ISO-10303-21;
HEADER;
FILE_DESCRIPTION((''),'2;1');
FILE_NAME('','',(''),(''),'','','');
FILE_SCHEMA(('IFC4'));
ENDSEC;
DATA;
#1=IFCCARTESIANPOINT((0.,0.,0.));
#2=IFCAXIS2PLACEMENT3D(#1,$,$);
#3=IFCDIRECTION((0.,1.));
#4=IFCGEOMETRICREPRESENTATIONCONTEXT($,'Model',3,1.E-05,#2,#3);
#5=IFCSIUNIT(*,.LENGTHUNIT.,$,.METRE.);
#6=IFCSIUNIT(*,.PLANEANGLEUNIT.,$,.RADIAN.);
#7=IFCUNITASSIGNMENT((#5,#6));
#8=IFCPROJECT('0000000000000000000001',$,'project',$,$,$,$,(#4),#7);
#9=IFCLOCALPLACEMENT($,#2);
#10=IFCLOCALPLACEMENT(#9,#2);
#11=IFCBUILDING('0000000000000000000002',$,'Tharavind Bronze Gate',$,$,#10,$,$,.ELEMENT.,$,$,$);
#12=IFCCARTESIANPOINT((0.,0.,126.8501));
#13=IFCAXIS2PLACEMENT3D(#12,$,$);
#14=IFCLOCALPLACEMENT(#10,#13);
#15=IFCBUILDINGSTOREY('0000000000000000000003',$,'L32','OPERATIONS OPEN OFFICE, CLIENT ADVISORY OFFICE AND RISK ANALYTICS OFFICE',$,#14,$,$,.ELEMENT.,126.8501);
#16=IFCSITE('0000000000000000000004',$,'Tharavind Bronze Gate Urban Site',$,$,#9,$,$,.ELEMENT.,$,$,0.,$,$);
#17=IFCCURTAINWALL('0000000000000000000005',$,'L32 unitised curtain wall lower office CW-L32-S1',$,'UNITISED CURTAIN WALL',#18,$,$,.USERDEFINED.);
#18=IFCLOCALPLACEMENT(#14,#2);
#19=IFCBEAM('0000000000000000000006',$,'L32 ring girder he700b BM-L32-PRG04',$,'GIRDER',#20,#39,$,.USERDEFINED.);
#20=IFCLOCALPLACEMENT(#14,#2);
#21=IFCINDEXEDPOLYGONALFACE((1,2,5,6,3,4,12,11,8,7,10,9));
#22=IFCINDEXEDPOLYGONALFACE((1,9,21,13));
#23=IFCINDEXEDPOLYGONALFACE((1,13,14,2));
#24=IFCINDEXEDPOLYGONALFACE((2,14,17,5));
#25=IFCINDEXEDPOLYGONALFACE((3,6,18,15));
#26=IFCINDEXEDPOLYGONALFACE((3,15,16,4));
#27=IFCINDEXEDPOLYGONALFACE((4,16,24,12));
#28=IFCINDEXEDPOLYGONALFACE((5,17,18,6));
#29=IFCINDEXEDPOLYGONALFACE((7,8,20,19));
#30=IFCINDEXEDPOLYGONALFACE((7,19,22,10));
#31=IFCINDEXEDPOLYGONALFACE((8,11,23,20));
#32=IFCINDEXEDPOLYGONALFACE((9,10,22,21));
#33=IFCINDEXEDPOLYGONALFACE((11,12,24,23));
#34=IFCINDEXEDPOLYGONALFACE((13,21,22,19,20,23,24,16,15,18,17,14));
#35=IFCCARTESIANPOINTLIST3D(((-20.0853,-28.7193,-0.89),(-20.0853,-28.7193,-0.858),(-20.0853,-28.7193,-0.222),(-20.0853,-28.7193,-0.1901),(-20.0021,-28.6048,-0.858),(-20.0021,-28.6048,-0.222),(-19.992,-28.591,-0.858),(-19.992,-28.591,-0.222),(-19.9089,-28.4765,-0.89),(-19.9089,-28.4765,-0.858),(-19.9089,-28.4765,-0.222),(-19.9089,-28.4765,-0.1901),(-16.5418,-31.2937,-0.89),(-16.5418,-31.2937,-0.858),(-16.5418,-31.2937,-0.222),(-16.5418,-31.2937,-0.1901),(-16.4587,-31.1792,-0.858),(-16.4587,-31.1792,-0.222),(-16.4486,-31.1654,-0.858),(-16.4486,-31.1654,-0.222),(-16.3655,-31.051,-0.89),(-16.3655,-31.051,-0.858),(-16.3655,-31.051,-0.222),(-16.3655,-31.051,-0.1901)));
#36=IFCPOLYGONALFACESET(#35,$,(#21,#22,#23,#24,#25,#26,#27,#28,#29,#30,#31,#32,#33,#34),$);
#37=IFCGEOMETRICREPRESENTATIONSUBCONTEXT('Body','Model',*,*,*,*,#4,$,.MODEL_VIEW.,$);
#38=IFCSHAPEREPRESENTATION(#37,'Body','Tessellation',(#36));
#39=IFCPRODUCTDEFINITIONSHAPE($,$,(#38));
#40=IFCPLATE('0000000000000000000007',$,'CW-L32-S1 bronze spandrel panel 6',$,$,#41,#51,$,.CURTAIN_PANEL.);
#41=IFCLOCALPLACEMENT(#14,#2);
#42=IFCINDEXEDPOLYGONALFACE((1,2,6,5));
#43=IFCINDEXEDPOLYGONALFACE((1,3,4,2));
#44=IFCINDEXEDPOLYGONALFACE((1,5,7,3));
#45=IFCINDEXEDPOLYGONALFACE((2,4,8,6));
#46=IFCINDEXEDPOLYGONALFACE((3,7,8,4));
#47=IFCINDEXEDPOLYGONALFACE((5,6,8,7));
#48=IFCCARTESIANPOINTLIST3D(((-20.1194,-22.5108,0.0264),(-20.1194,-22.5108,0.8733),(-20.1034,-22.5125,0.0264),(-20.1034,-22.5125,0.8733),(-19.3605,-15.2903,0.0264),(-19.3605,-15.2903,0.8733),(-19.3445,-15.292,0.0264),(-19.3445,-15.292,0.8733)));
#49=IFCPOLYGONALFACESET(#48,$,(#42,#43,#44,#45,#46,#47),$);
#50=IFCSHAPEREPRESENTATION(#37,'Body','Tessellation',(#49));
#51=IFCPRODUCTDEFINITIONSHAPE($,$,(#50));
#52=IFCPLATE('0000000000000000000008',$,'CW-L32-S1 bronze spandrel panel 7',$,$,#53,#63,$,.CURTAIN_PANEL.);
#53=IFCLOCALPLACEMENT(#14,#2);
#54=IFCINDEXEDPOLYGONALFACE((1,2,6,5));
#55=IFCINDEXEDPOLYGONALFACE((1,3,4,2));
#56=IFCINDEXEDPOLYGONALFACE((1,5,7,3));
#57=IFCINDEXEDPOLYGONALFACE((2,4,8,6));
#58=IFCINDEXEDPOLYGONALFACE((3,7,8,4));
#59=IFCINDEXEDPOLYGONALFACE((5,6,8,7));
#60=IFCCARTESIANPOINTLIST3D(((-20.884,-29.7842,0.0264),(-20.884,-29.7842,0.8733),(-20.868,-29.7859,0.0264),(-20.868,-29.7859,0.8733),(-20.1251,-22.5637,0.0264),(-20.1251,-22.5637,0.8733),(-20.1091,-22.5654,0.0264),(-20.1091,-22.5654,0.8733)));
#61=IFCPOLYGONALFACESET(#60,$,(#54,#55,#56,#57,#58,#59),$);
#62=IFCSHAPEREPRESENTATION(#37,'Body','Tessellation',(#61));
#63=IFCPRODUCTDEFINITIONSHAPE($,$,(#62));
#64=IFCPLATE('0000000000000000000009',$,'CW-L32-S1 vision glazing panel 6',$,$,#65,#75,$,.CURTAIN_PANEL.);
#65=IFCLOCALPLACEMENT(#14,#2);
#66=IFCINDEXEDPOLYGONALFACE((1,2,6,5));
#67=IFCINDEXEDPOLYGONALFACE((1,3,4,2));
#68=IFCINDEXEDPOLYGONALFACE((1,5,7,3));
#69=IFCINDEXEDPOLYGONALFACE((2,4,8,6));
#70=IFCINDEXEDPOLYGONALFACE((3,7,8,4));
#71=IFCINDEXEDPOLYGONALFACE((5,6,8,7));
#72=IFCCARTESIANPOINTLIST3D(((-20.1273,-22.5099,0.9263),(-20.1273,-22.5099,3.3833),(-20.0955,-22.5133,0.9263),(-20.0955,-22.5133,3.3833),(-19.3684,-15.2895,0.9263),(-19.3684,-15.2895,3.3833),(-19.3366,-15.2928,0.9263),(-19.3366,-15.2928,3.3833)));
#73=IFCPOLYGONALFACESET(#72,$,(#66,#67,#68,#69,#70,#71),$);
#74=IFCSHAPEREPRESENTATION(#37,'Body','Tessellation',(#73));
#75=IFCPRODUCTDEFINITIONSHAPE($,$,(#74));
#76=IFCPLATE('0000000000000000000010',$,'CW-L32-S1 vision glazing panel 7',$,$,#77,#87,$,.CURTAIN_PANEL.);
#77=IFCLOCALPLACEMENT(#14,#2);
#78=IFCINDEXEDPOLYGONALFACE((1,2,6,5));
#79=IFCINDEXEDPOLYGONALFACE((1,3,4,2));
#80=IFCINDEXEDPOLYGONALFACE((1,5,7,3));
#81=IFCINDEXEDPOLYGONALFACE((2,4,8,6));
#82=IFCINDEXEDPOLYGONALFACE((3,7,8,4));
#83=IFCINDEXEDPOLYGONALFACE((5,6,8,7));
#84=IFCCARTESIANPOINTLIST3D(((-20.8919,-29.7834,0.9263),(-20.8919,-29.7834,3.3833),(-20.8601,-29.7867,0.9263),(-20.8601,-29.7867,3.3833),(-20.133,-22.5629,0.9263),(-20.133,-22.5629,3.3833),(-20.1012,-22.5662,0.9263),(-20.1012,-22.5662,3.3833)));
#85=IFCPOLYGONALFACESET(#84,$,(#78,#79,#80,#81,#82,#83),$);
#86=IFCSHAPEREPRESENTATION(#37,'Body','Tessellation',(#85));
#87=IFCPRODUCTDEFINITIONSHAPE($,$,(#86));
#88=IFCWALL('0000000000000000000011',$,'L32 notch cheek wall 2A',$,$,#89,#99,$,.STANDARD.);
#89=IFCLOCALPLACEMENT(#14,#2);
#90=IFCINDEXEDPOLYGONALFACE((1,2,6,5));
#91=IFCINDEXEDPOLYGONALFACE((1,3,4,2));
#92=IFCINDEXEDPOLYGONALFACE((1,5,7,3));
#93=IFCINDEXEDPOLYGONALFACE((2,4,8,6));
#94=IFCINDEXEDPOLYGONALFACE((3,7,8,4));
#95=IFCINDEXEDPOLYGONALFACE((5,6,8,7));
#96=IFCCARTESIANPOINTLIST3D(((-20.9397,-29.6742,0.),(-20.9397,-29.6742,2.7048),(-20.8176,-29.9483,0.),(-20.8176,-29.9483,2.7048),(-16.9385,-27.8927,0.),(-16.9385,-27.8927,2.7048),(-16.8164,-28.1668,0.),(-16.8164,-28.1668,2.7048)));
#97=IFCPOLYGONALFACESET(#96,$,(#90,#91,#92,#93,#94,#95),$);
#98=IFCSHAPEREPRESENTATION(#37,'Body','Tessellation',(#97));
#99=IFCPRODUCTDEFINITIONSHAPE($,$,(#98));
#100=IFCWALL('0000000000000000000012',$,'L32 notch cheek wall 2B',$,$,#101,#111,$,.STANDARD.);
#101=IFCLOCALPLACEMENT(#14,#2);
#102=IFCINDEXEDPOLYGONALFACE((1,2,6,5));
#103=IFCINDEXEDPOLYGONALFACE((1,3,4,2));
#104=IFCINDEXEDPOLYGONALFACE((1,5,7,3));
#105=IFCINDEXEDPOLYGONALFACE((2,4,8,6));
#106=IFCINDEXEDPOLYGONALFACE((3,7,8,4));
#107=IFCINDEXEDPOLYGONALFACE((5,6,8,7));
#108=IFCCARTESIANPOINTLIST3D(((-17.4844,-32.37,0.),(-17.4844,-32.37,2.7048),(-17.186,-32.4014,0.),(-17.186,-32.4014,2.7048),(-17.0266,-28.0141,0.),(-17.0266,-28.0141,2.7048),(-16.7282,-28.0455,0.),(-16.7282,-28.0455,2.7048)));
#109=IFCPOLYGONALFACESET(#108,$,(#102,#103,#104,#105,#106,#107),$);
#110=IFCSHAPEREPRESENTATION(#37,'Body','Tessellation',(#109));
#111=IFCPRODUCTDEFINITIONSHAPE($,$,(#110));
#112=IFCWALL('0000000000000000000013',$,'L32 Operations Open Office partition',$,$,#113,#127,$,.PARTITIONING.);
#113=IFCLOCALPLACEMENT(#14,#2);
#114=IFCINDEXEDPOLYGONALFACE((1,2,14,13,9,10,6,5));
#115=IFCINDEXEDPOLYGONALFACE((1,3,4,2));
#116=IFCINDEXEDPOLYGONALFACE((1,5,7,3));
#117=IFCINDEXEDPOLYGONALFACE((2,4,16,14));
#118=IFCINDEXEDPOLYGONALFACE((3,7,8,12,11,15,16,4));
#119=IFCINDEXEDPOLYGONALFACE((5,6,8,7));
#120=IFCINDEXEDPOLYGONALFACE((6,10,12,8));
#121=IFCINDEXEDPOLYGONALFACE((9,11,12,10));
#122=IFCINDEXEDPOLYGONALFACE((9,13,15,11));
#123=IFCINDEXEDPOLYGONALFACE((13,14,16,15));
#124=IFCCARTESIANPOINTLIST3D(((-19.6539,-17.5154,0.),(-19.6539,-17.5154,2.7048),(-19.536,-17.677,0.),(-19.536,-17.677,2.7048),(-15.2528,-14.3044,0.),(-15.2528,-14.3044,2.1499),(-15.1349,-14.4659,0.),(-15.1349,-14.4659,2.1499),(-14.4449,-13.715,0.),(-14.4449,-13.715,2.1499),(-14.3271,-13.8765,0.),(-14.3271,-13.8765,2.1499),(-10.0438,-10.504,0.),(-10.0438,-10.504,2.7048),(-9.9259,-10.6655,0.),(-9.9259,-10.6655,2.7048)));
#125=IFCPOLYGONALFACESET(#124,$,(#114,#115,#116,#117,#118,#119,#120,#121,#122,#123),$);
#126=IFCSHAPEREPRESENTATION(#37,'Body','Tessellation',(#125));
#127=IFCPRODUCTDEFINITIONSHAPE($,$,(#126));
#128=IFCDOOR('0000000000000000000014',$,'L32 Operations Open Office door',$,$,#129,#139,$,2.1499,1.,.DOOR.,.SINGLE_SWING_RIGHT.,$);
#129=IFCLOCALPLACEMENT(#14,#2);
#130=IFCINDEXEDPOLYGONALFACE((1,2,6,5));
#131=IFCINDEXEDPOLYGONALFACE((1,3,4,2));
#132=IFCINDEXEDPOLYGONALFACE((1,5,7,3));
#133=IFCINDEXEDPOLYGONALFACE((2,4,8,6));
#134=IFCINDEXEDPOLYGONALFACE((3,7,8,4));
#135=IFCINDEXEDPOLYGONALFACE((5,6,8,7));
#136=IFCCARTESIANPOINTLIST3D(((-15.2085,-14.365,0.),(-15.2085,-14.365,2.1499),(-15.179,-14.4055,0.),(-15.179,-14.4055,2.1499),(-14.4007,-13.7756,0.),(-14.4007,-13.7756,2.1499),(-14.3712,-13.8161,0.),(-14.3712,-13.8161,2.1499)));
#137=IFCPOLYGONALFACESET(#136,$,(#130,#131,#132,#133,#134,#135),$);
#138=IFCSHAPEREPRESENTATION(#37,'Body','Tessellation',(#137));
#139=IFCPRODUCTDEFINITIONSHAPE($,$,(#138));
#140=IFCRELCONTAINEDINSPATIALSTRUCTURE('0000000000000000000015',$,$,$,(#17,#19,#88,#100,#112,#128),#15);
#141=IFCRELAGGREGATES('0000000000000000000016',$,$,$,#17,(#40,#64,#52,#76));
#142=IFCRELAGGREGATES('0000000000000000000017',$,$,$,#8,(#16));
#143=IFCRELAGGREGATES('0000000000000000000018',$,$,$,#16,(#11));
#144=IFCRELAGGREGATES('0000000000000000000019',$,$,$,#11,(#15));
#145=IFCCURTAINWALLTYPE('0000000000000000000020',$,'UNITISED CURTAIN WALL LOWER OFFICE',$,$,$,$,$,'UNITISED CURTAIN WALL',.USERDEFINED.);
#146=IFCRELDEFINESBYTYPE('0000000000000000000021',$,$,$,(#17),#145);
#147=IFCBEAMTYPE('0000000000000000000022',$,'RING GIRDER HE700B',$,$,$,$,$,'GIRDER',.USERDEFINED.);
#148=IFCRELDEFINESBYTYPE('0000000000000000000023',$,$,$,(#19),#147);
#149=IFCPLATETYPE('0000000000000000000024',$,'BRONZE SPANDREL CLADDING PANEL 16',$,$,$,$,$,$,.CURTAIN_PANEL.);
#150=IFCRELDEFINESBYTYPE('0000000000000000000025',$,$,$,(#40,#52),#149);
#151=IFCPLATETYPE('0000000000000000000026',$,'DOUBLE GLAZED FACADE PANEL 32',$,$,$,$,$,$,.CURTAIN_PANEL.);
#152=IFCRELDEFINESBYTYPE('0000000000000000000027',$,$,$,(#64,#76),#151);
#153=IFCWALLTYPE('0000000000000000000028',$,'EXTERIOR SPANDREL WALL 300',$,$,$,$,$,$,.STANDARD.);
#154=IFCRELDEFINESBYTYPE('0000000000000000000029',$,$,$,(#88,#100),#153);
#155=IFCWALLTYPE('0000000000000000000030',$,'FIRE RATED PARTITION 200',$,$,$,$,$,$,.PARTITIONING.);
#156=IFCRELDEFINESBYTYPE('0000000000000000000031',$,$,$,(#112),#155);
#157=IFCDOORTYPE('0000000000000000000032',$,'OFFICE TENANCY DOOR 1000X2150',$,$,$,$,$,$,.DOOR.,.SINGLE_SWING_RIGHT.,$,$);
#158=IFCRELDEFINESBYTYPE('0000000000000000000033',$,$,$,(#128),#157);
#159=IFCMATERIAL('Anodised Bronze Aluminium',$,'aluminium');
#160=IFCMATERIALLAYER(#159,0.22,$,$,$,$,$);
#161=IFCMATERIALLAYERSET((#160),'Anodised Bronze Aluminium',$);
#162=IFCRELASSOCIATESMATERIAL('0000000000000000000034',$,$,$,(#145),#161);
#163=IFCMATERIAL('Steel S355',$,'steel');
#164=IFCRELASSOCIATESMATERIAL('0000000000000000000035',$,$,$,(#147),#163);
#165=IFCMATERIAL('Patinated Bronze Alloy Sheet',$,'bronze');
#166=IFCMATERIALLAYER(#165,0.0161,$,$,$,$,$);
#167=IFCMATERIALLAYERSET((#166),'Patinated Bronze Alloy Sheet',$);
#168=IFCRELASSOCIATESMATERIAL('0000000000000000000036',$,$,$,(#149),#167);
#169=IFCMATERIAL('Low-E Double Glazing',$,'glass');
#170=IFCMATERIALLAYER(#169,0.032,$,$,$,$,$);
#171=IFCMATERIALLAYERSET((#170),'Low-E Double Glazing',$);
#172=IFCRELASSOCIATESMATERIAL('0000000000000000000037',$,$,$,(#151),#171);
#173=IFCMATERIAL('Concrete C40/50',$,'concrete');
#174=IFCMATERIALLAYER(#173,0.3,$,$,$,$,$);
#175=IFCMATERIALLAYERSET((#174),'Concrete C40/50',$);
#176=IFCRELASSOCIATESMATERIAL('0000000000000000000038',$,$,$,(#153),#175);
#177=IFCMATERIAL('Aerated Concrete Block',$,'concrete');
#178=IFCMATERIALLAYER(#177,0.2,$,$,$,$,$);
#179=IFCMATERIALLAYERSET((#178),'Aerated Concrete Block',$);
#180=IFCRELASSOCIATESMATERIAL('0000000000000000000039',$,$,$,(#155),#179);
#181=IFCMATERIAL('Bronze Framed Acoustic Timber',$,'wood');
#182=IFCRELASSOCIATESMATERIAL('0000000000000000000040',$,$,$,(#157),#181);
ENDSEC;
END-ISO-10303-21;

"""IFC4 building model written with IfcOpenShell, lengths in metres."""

from ifc_helpers import new_model, si_unit, direction, frame, frame_2d, origin, origin_2d, place, context, subcontext, project, spatial, rectangle, i_section, extrude, material, layer, layer_set, material_profile, profile_set, type_object, element, fill, aggregate, save


model = new_model("IFC4")

# Units and contexts
model_context = context("Model", 3, precision=1e-05, world=origin(), true_north=direction((0.0, 1.0)))
body_context = subcontext(model_context, "Body", "Model", "MODEL_VIEW")
ifc_project = project(units=[si_unit("LENGTHUNIT", "METRE"), si_unit("PLANEANGLEUNIT", "RADIAN")], contexts=[model_context])

# Site, building, storey
site_placement = place(None, origin())
site = spatial("IfcSite", under=ifc_project, at=site_placement, Name="Tharavind Bronze Gate Urban Site", CompositionType="ELEMENT", RefElevation=0.0)
building_placement = place(site_placement, origin())
building = spatial("IfcBuilding", under=site, at=building_placement, Name="Tharavind Bronze Gate", CompositionType="ELEMENT")
storey_placement = place(building_placement, frame((0.0, 0.0, 126.8501)))
storey = spatial("IfcBuildingStorey", under=building, at=storey_placement, Name="L32", Description="OPERATIONS OPEN OFFICE, CLIENT ADVISORY OFFICE AND RISK ANALYTICS OFFICE", CompositionType="ELEMENT", Elevation=126.8501)

# Curtain wall
ifc_material_1 = material(Name="Anodised Bronze Aluminium", Category="aluminium")
ifc_layer_1 = layer(ifc_material_1, 0.22)
ifc_layer_set_1 = layer_set([ifc_layer_1], Name="Anodised Bronze Aluminium")
curtain_wall_type = type_object("IfcCurtainWallType", Name="UNITISED CURTAIN WALL LOWER OFFICE", ElementType="UNITISED CURTAIN WALL", PredefinedType="USERDEFINED", material=ifc_layer_set_1)
curtain_wall_1_placement = place(storey_placement, origin())
curtain_wall_1 = element("IfcCurtainWall", 1, at=curtain_wall_1_placement, inside=storey, type_object=curtain_wall_type, Name="L32 unitised curtain wall lower office CW-L32-S1", ObjectType="UNITISED CURTAIN WALL", PredefinedType="USERDEFINED")

# Beam
ifc_material_2 = material(Name="Steel S355", Category="steel")
ifc_material_profile_1 = material_profile(ifc_material_2, i_section(OverallWidth=0.3, OverallDepth=0.7, WebThickness=0.0171, FlangeThickness=0.032, at=origin_2d()), Name="HE700B")
ifc_profile_set_1 = profile_set([ifc_material_profile_1], Name="Steel S355")
beam_type_1 = type_object("IfcBeamType", Name="RING GIRDER HE700B", ElementType="GIRDER", PredefinedType="USERDEFINED", material=ifc_profile_set_1)
beam_1_placement = place(storey_placement, frame((-19.9971, -28.5979, -0.54), z_axis=(0.809018, -0.587784, 0.0), x_axis=(0.587784, 0.809018, 0.0)))
element("IfcBeam", 2, at=beam_1_placement, inside=storey, type_object=beam_type_1, Name="L32 ring girder he700b BM-L32-PRG04", ObjectType="GIRDER", PredefinedType="USERDEFINED", context=body_context, shape_type="SweptSolid", body=[
    extrude(i_section(OverallWidth=0.3, OverallDepth=0.7, WebThickness=0.0171, FlangeThickness=0.032, at=origin_2d()), origin(), (0.0, 0.0, 1.0), 4.3799),
])

# Plates
ifc_material_3 = material(Name="Patinated Bronze Alloy Sheet", Category="bronze")
ifc_layer_2 = layer(ifc_material_3, 0.0161)
ifc_layer_set_2 = layer_set([ifc_layer_2], Name="Patinated Bronze Alloy Sheet")
plate_type_1 = type_object("IfcPlateType", Name="BRONZE SPANDREL CLADDING PANEL 16", PredefinedType="CURTAIN_PANEL", material=ifc_layer_set_2)
plate_1_placement = place(storey_placement, frame((-19.7319, -18.9014, 0.0264), z_axis=(0.0, 0.0, 1.0), x_axis=(-0.104527, -0.994522, 0.0)))
plate_1 = element("IfcPlate", 3, at=plate_1_placement, type_object=plate_type_1, Name="CW-L32-S1 bronze spandrel panel 6", PredefinedType="CURTAIN_PANEL", context=body_context, shape_type="SweptSolid", body=[
    extrude(rectangle(XDim=7.2603, YDim=0.0161, at=origin_2d()), origin(), (0.0, 0.0, 1.0), 0.8469),
])
plate_2_placement = place(storey_placement, frame((-20.4966, -26.1748, 0.0264), z_axis=(0.0, 0.0, 1.0), x_axis=(-0.104527, -0.994522, 0.0)))
plate_2 = element("IfcPlate", 4, at=plate_2_placement, type_object=plate_type_1, Name="CW-L32-S1 bronze spandrel panel 7", PredefinedType="CURTAIN_PANEL", context=body_context, shape_type="SweptSolid", body=[
    extrude(rectangle(XDim=7.2603, YDim=0.0161, at=origin_2d()), origin(), (0.0, 0.0, 1.0), 0.8469),
])
ifc_material_4 = material(Name="Low-E Double Glazing", Category="glass")
ifc_layer_3 = layer(ifc_material_4, 0.032)
ifc_layer_set_3 = layer_set([ifc_layer_3], Name="Low-E Double Glazing")
plate_type_2 = type_object("IfcPlateType", Name="DOUBLE GLAZED FACADE PANEL 32", PredefinedType="CURTAIN_PANEL", material=ifc_layer_set_3)
plate_3_placement = place(storey_placement, frame((-19.7319, -18.9014, 0.9263), z_axis=(0.0, 0.0, 1.0), x_axis=(-0.104527, -0.994522, 0.0)))
plate_3 = element("IfcPlate", 5, at=plate_3_placement, type_object=plate_type_2, Name="CW-L32-S1 vision glazing panel 6", PredefinedType="CURTAIN_PANEL", context=body_context, shape_type="SweptSolid", body=[
    extrude(rectangle(XDim=7.2603, YDim=0.032, at=origin_2d()), origin(), (0.0, 0.0, 1.0), 2.457),
])
plate_4_placement = place(storey_placement, frame((-20.4966, -26.1748, 0.9263), z_axis=(0.0, 0.0, 1.0), x_axis=(-0.104527, -0.994522, 0.0)))
plate_4 = element("IfcPlate", 6, at=plate_4_placement, type_object=plate_type_2, Name="CW-L32-S1 vision glazing panel 7", PredefinedType="CURTAIN_PANEL", context=body_context, shape_type="SweptSolid", body=[
    extrude(rectangle(XDim=7.2603, YDim=0.032, at=origin_2d()), origin(), (0.0, 0.0, 1.0), 2.457),
])
aggregate(curtain_wall_1, [plate_1, plate_3, plate_2, plate_4])

# Walls
ifc_material_5 = material(Name="Concrete C40/50", Category="concrete")
ifc_layer_4 = layer(ifc_material_5, 0.3)
ifc_layer_set_4 = layer_set([ifc_layer_4], Name="Concrete C40/50")
wall_type_1 = type_object("IfcWallType", Name="EXTERIOR SPANDREL WALL 300", PredefinedType="STANDARD", material=ifc_layer_set_4)
for number, where, z_axis, x_axis, name in (
    (7, (-20.8787, -29.8113, 0.0), (0.0, 0.0, 1.0), (0.913542, 0.406743, 0.0), "L32 notch cheek wall 2A"),
    (8, (-16.8774, -28.0298, 0.0), (0.0, 0.0, 1.0), (-0.104514, -0.994523, 0.0), "L32 notch cheek wall 2B"),
):
    element("IfcWall", number, at=place(storey_placement, frame(where, z_axis=z_axis, x_axis=x_axis)), inside=storey, type_object=wall_type_1, Name=name, PredefinedType="STANDARD", context=body_context, shape_type="SweptSolid", body=[
        extrude(rectangle(XDim=4.3799, YDim=0.3, at=frame_2d((2.1899, 0.0))), origin(), (0.0, 0.0, 1.0), 2.7048),
    ])

# Wall, opening, door
ifc_material_6 = material(Name="Aerated Concrete Block", Category="concrete")
ifc_layer_5 = layer(ifc_material_6, 0.2)
ifc_layer_set_5 = layer_set([ifc_layer_5], Name="Aerated Concrete Block")
wall_type_2 = type_object("IfcWallType", Name="FIRE RATED PARTITION 200", PredefinedType="PARTITIONING", material=ifc_layer_set_5)
wall_placement = place(storey_placement, frame((-19.595, -17.5962, 0.0), z_axis=(0.0, 0.0, 1.0), x_axis=(0.807843, 0.589397, 0.0)))
wall = element("IfcWall", 9, at=wall_placement, inside=storey, type_object=wall_type_2, Name="L32 Operations Open Office partition", PredefinedType="PARTITIONING", context=body_context, shape_type="SweptSolid", body=[
    extrude(rectangle(XDim=11.896, YDim=0.2, at=frame_2d((5.948, 0.0))), origin(), (0.0, 0.0, 1.0), 2.7048),
])
opening_placement = place(wall_placement, frame((5.448, 0.0, 0.0)))
opening = element("IfcOpeningElement", 10, at=opening_placement, cuts=wall, PredefinedType="OPENING", context=body_context, shape_type="SweptSolid", body=[
    extrude(rectangle(XDim=1.0, YDim=2.1499, at=frame_2d((0.5, 1.075))), frame((0.0, 0.1101, 0.0), z_axis=(0.0, -1.0, 0.0), x_axis=(1.0, 0.0, 0.0)), (0.0, 0.0, 1.0), 0.22),
])
ifc_material_7 = material(Name="Bronze Framed Acoustic Timber", Category="wood")
door_type = type_object("IfcDoorType", Name="OFFICE TENANCY DOOR 1000X2150", OperationType="SINGLE_SWING_RIGHT", PredefinedType="DOOR", material=ifc_material_7)
door_placement = place(opening_placement, origin())
door = element("IfcDoor", 11, at=door_placement, inside=storey, type_object=door_type, Name="L32 Operations Open Office door", OperationType="SINGLE_SWING_RIGHT", OverallHeight=2.1499, OverallWidth=1.0, PredefinedType="DOOR", context=body_context, shape_type="SweptSolid", body=[
    extrude(rectangle(XDim=1.0, YDim=2.1499, at=frame_2d((0.5, 1.075))), frame((0.0, 0.0249, 0.0), z_axis=(0.0, -1.0, 0.0), x_axis=(1.0, 0.0, 0.0)), (0.0, 0.0, 1.0), 0.05),
])
fill(opening, door)

save(model, "model.ifc")
